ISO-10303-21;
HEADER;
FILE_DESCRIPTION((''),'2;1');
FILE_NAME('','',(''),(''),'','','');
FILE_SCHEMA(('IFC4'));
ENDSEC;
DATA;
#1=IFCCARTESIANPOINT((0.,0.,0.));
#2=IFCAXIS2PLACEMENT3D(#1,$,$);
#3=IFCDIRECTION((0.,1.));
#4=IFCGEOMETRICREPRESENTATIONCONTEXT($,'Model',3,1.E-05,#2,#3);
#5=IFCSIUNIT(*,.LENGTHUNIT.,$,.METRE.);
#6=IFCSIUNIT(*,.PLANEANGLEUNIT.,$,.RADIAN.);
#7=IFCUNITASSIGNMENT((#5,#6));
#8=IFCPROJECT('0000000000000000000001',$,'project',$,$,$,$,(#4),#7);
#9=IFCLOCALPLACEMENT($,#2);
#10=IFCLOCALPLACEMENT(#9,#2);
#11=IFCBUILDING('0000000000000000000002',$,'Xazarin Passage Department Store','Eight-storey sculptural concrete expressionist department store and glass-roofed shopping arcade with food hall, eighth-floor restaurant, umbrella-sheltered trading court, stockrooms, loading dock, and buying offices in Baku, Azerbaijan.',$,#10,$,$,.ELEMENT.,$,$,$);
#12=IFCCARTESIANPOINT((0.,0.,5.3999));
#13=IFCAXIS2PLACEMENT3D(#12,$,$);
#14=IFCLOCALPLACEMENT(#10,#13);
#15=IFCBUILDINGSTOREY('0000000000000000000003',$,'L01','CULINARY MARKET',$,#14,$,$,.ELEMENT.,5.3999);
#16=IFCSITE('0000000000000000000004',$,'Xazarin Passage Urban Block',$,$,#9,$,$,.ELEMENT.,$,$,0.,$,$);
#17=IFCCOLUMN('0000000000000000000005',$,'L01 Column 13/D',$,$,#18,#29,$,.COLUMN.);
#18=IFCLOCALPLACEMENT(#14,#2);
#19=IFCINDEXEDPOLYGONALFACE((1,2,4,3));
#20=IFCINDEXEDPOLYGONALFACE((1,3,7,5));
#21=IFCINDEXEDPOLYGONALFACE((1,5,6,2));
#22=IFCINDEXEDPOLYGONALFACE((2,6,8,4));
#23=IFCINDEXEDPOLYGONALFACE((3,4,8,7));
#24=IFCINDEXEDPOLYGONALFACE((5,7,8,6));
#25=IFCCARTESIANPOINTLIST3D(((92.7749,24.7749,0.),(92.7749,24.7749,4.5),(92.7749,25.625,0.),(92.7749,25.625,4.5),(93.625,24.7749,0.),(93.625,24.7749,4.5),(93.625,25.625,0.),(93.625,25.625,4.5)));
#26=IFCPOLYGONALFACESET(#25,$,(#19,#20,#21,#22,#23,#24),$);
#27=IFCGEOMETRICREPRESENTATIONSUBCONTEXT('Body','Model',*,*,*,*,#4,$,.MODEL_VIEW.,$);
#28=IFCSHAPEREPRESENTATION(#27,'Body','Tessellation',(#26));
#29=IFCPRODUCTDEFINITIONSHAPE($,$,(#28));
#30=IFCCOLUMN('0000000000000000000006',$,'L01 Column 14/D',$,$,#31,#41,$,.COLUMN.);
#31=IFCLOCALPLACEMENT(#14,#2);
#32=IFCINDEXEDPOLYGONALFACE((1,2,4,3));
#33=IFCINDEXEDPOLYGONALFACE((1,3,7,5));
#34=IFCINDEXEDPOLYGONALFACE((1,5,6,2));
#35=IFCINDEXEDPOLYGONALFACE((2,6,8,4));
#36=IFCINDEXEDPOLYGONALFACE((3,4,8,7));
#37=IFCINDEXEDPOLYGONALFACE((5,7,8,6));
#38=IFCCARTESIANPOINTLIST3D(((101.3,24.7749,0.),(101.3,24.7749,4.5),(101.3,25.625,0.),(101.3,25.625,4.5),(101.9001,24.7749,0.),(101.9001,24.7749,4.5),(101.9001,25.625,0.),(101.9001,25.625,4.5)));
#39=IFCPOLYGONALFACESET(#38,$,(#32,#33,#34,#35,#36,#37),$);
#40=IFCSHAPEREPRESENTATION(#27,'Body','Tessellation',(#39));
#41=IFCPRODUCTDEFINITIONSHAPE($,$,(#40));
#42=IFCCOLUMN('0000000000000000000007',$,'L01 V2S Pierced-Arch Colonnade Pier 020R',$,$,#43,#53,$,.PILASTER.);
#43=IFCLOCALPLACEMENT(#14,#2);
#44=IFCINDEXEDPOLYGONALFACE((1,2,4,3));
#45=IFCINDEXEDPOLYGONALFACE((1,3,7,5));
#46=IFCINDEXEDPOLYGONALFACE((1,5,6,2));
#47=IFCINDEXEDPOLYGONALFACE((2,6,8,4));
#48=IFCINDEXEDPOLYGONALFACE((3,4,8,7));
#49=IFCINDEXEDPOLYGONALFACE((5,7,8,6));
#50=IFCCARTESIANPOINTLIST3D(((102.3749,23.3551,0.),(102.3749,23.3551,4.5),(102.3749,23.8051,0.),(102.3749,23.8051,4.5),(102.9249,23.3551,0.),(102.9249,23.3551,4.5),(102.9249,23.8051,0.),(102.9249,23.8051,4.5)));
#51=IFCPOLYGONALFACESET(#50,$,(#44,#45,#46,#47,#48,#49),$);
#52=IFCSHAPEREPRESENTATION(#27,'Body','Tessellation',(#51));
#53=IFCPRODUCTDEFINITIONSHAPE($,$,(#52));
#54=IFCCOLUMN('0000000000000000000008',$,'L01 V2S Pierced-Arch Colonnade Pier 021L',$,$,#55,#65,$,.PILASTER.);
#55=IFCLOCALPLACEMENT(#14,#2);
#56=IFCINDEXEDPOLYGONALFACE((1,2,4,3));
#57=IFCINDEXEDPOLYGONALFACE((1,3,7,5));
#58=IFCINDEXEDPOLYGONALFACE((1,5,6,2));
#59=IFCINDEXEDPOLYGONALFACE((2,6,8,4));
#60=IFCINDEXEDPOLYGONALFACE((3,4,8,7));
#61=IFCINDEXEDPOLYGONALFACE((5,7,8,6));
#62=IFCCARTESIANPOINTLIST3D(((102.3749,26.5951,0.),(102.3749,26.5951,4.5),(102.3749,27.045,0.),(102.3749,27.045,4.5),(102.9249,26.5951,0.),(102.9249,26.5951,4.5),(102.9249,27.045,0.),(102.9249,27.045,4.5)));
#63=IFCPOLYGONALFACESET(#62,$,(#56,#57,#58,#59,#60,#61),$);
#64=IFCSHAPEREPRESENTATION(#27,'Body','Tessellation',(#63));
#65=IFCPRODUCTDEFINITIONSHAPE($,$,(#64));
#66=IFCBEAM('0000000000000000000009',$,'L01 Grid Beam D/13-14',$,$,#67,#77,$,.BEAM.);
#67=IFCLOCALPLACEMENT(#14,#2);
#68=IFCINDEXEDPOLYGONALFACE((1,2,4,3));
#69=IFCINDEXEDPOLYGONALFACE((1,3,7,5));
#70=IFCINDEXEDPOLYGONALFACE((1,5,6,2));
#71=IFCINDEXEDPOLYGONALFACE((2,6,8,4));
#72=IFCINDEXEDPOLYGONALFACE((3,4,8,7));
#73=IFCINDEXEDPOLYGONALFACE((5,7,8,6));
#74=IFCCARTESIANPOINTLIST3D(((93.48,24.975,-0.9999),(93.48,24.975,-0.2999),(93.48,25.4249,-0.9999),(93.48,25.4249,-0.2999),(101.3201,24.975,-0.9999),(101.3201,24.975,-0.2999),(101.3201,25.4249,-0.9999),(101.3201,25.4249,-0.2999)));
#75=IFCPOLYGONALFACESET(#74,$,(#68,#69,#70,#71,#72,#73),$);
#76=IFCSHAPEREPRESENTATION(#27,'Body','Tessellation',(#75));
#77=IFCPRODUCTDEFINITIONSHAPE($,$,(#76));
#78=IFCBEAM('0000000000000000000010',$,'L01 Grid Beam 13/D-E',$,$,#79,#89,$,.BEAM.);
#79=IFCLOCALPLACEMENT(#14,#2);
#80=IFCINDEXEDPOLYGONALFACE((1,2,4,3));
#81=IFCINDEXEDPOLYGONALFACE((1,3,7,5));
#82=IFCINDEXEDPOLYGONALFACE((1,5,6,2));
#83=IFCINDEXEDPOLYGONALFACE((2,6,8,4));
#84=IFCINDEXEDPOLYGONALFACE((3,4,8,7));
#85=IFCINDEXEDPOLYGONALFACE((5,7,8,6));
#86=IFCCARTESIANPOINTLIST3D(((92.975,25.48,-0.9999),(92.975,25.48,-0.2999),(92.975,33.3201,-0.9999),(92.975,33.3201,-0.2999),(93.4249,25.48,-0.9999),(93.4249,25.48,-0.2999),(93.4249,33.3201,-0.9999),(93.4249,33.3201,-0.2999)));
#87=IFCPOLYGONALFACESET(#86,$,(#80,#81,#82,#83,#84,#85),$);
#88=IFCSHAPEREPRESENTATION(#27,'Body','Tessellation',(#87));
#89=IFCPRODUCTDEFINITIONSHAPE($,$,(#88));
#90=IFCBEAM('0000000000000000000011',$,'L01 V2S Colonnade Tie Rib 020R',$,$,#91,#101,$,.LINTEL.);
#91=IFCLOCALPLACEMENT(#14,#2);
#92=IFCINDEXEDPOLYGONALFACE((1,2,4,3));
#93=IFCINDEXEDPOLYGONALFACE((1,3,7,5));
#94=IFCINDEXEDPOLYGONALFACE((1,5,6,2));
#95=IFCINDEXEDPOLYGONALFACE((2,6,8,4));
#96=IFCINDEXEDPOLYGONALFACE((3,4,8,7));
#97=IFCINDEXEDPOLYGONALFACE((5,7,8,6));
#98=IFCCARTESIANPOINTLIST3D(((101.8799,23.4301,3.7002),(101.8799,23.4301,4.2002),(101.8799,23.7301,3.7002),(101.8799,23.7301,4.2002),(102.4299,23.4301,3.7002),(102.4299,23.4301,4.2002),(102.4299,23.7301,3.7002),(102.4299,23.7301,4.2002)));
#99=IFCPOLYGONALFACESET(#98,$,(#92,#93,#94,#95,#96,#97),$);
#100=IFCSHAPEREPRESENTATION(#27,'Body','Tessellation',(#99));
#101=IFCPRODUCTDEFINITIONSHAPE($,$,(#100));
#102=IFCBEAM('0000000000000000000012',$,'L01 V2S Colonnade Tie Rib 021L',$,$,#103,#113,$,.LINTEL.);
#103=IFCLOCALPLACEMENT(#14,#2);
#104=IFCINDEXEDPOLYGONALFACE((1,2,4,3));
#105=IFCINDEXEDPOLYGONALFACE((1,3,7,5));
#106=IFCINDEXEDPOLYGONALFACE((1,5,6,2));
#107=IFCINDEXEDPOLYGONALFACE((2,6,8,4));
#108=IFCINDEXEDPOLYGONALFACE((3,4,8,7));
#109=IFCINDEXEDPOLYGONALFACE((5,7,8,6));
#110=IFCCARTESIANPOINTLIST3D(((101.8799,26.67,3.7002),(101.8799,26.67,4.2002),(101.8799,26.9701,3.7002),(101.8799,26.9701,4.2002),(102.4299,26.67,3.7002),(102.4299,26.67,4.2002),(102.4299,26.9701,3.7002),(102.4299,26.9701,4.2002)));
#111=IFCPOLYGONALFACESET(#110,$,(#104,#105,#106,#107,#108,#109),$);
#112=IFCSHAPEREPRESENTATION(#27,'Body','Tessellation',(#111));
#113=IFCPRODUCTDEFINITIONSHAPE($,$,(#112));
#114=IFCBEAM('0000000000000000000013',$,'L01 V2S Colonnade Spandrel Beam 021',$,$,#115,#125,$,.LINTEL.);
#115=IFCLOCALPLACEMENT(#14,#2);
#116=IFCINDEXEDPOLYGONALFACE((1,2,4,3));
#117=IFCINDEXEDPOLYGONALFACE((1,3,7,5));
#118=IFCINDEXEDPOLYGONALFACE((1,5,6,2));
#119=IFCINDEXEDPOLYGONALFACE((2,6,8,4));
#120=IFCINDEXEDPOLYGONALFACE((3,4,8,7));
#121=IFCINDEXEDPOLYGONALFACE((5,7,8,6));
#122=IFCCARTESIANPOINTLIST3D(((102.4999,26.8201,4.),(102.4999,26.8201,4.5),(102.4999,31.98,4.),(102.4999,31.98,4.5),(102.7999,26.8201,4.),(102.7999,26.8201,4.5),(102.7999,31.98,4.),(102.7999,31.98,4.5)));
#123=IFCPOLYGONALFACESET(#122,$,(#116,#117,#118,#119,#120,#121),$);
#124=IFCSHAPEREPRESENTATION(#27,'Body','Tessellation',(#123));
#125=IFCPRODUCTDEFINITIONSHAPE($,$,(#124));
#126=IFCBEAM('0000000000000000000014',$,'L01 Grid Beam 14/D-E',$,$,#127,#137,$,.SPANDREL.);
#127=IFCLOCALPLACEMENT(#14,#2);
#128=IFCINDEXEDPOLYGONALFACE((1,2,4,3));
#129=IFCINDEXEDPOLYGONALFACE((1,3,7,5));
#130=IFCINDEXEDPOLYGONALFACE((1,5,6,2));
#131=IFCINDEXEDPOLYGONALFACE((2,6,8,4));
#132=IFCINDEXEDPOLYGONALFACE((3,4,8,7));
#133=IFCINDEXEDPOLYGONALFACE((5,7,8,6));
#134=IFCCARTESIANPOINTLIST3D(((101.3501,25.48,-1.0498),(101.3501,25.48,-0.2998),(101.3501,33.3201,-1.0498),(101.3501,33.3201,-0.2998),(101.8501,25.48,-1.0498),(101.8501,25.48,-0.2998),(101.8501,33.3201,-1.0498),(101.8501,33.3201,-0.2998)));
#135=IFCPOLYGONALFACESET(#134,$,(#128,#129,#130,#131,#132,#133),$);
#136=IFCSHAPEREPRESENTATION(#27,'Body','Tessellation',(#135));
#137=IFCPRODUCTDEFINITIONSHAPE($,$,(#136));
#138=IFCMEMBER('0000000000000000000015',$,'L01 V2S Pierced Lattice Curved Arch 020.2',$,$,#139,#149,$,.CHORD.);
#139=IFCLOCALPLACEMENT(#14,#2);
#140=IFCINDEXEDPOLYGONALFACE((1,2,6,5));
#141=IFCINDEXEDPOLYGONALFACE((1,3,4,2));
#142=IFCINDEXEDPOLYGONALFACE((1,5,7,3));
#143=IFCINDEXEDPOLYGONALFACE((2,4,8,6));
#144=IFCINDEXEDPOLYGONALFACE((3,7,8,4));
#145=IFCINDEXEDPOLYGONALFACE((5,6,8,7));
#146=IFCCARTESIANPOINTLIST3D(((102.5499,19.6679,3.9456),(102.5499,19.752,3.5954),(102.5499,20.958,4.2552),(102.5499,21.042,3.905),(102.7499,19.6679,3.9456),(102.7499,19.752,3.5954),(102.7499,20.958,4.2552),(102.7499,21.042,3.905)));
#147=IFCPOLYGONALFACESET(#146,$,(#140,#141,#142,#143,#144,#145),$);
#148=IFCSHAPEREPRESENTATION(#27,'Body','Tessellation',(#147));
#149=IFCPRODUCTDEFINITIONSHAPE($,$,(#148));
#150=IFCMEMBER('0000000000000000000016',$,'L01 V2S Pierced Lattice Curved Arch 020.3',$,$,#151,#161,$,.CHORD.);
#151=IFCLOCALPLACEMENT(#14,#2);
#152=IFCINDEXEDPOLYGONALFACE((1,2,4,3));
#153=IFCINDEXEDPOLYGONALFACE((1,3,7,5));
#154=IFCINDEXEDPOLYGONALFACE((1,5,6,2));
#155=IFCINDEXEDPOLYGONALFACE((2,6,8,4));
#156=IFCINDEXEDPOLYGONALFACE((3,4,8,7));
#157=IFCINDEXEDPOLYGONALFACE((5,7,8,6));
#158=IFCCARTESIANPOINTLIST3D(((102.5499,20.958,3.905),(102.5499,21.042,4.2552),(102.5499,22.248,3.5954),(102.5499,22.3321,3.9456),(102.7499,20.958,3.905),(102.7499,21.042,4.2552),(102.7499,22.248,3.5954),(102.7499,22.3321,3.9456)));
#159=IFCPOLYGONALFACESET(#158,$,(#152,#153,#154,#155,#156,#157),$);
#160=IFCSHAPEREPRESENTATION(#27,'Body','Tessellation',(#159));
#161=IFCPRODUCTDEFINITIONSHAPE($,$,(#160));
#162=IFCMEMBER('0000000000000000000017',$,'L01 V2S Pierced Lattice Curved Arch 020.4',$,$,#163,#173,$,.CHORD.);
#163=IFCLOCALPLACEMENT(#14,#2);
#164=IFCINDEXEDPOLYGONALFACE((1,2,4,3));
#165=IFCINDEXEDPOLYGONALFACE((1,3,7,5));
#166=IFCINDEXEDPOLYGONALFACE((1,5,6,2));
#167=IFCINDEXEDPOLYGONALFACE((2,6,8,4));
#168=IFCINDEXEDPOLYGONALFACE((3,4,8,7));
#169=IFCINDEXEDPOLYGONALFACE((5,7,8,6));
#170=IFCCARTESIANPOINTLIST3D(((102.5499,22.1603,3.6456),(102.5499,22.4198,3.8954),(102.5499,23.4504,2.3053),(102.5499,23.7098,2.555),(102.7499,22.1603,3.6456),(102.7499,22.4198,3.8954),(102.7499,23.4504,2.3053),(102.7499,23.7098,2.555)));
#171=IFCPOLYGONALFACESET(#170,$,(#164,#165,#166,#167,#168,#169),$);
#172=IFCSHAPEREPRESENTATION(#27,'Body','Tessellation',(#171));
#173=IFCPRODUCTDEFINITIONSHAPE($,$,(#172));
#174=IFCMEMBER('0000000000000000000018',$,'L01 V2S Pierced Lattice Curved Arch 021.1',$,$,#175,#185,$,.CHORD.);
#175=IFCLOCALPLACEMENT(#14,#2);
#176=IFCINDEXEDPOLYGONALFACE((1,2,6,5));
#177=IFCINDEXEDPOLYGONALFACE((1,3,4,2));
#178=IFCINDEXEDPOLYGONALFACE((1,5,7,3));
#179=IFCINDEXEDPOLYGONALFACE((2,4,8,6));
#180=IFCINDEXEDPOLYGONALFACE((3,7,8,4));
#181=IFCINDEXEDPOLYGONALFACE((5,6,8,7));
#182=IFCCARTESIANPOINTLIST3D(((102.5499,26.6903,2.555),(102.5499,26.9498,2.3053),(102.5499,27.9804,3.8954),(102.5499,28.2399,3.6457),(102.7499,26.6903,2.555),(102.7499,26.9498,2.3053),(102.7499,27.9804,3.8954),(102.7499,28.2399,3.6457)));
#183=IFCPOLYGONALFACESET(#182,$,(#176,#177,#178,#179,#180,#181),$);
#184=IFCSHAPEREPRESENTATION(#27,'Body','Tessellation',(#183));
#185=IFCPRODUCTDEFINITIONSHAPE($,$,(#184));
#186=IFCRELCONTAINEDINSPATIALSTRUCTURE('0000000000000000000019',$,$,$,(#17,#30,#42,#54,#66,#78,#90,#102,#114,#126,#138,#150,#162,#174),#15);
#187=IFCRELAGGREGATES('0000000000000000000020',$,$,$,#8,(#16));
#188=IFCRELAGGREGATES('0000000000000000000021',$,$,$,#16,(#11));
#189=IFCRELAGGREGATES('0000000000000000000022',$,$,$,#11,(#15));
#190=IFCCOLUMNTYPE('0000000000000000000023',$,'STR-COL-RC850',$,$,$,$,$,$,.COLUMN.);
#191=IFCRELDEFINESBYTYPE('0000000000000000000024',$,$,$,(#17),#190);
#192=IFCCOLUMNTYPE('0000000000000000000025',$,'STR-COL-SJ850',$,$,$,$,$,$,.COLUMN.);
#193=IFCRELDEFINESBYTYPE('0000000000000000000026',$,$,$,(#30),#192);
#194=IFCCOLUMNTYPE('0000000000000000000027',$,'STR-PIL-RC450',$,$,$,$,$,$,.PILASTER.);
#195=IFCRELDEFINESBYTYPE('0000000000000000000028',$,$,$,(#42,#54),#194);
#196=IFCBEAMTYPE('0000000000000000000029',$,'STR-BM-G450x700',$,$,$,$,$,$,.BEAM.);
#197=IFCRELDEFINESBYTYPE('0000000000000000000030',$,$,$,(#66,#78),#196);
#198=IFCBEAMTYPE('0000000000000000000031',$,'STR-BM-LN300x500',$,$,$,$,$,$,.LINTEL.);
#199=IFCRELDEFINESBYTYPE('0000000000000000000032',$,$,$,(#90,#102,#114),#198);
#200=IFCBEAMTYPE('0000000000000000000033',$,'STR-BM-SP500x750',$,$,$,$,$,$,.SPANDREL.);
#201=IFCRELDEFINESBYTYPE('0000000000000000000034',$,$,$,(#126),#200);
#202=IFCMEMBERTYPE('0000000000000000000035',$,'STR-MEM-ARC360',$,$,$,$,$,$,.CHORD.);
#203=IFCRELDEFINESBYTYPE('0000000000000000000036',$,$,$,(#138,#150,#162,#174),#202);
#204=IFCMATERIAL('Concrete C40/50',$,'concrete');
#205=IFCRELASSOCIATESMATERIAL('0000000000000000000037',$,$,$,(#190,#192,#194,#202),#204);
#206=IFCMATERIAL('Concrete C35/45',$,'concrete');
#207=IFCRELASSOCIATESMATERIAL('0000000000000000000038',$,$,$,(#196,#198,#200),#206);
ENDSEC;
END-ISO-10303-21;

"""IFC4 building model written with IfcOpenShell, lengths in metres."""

from ifc_helpers import new_model, si_unit, direction, frame, origin, origin_2d, place, context, subcontext, project, spatial, rectangle, extrude, material, material_profile, profile_set, type_object, element, save


model = new_model("IFC4")

# Units and contexts
model_context = context("Model", 3, precision=1e-05, world=origin(), true_north=direction((0.0, 1.0)))
body_context = subcontext(model_context, "Body", "Model", "MODEL_VIEW")
ifc_project = project(units=[si_unit("LENGTHUNIT", "METRE"), si_unit("PLANEANGLEUNIT", "RADIAN")], contexts=[model_context])

# Site, building, storey
site_placement = place(None, origin())
site = spatial("IfcSite", under=ifc_project, at=site_placement, Name="Xazarin Passage Urban Block", CompositionType="ELEMENT", RefElevation=0.0)
building_placement = place(site_placement, origin())
building = spatial("IfcBuilding", under=site, at=building_placement, Name="Xazarin Passage Department Store", Description="Eight-storey sculptural concrete expressionist department store and glass-roofed shopping arcade with food hall, eighth-floor restaurant, umbrella-sheltered trading court, stockrooms, loading dock, and buying offices in Baku, Azerbaijan.", CompositionType="ELEMENT")
storey_placement = place(building_placement, frame((0.0, 0.0, 5.3999)))
storey = spatial("IfcBuildingStorey", under=building, at=storey_placement, Name="L01", Description="CULINARY MARKET", CompositionType="ELEMENT", Elevation=5.3999)

# Columns
ifc_material_1 = material(Name="Concrete C40/50", Category="concrete")
ifc_material_profile_1 = material_profile(ifc_material_1, rectangle(XDim=0.8501, YDim=0.8501, at=origin_2d()), Name="RC 850x850")
ifc_profile_set_1 = profile_set([ifc_material_profile_1], Name="Concrete C40/50")
column_type_1 = type_object("IfcColumnType", Name="STR-COL-RC850", PredefinedType="COLUMN", material=ifc_profile_set_1)
column_1_placement = place(storey_placement, frame((93.2, 25.2, 0.0), z_axis=(0.0, 0.0, 1.0), x_axis=(1.0, 0.0, 0.0)))
element("IfcColumn", 1, at=column_1_placement, inside=storey, type_object=column_type_1, Name="L01 Column 13/D", PredefinedType="COLUMN", context=body_context, shape_type="SweptSolid", body=[
    extrude(rectangle(XDim=0.8501, YDim=0.8501, at=origin_2d()), origin(), (0.0, 0.0, 1.0), 4.5),
])
ifc_material_profile_2 = material_profile(ifc_material_1, rectangle(XDim=0.6001, YDim=0.8501, at=origin_2d()), Name="RC 600x850")
ifc_profile_set_2 = profile_set([ifc_material_profile_2], Name="Concrete C40/50")
column_type_2 = type_object("IfcColumnType", Name="STR-COL-SJ850", PredefinedType="COLUMN", material=ifc_profile_set_2)
column_2_placement = place(storey_placement, frame((101.6001, 25.2, 0.0), z_axis=(0.0, 0.0, 1.0), x_axis=(1.0, 0.0, 0.0)))
element("IfcColumn", 2, at=column_2_placement, inside=storey, type_object=column_type_2, Name="L01 Column 14/D", PredefinedType="COLUMN", context=body_context, shape_type="SweptSolid", body=[
    extrude(rectangle(XDim=0.6001, YDim=0.8501, at=origin_2d()), origin(), (0.0, 0.0, 1.0), 4.5),
])
ifc_material_profile_3 = material_profile(ifc_material_1, rectangle(XDim=0.45, YDim=0.55, at=origin_2d()), Name="RC 450x550")
ifc_profile_set_3 = profile_set([ifc_material_profile_3], Name="Concrete C40/50")
column_type_3 = type_object("IfcColumnType", Name="STR-PIL-RC450", PredefinedType="PILASTER", material=ifc_profile_set_3)
for number, where, z_axis, x_axis, name in (
    (3, (102.6499, 23.5801, 0.0), (0.0, 0.0, 1.0), (0.0, 1.0, 0.0), "L01 V2S Pierced-Arch Colonnade Pier 020R"),
    (4, (102.6499, 26.8201, 0.0), (0.0, 0.0, 1.0), (0.0, 1.0, 0.0), "L01 V2S Pierced-Arch Colonnade Pier 021L"),
):
    element("IfcColumn", number, at=place(storey_placement, frame(where, z_axis=z_axis, x_axis=x_axis)), inside=storey, type_object=column_type_3, Name=name, PredefinedType="PILASTER", context=body_context, shape_type="SweptSolid", body=[
        extrude(rectangle(XDim=0.45, YDim=0.55, at=origin_2d()), origin(), (0.0, 0.0, 1.0), 4.5),
    ])

# Beams
ifc_material_2 = material(Name="Concrete C35/45", Category="concrete")
ifc_material_profile_4 = material_profile(ifc_material_2, rectangle(XDim=0.45, YDim=0.7, at=origin_2d()), Name="RC 450x700")
ifc_profile_set_4 = profile_set([ifc_material_profile_4], Name="Concrete C35/45")
beam_type_1 = type_object("IfcBeamType", Name="STR-BM-G450x700", PredefinedType="BEAM", material=ifc_profile_set_4)
for number, where, z_axis, x_axis, name in (
    (5, (93.48, 25.2, -0.6499), (1.0, 0.0, 0.0), (0.0, 1.0, 0.0), "L01 Grid Beam D/13-14"),
    (6, (93.2, 25.48, -0.6499), (0.0, 1.0, 0.0), (-1.0, 0.0, 0.0), "L01 Grid Beam 13/D-E"),
):
    element("IfcBeam", number, at=place(storey_placement, frame(where, z_axis=z_axis, x_axis=x_axis)), inside=storey, type_object=beam_type_1, Name=name, PredefinedType="BEAM", context=body_context, shape_type="SweptSolid", body=[
        extrude(rectangle(XDim=0.45, YDim=0.7, at=origin_2d()), origin(), (0.0, 0.0, 1.0), 7.8401),
    ])
ifc_material_profile_5 = material_profile(ifc_material_2, rectangle(XDim=0.3, YDim=0.5, at=origin_2d()), Name="RC 300x500")
ifc_profile_set_5 = profile_set([ifc_material_profile_5], Name="Concrete C35/45")
beam_type_2 = type_object("IfcBeamType", Name="STR-BM-LN300x500", PredefinedType="LINTEL", material=ifc_profile_set_5)
for number, where, z_axis, x_axis, name in (
    (7, (101.8799, 23.5801, 3.9502), (1.0, 0.0, 0.0), (0.0, 1.0, 0.0), "L01 V2S Colonnade Tie Rib 020R"),
    (8, (101.8799, 26.8201, 3.9502), (1.0, 0.0, 0.0), (0.0, 1.0, 0.0), "L01 V2S Colonnade Tie Rib 021L"),
):
    element("IfcBeam", number, at=place(storey_placement, frame(where, z_axis=z_axis, x_axis=x_axis)), inside=storey, type_object=beam_type_2, Name=name, PredefinedType="LINTEL", context=body_context, shape_type="SweptSolid", body=[
        extrude(rectangle(XDim=0.3, YDim=0.5, at=origin_2d()), origin(), (0.0, 0.0, 1.0), 0.55),
    ])
beam_1_placement = place(storey_placement, frame((102.6499, 26.8201, 4.25), z_axis=(0.0, 1.0, 0.0), x_axis=(-1.0, 0.0, 0.0)))
element("IfcBeam", 9, at=beam_1_placement, inside=storey, type_object=beam_type_2, Name="L01 V2S Colonnade Spandrel Beam 021", PredefinedType="LINTEL", context=body_context, shape_type="SweptSolid", body=[
    extrude(rectangle(XDim=0.3, YDim=0.5, at=origin_2d()), origin(), (0.0, 0.0, 1.0), 5.1599),
])
ifc_material_profile_6 = material_profile(ifc_material_2, rectangle(XDim=0.5, YDim=0.75, at=origin_2d()), Name="RC 500x750")
ifc_profile_set_6 = profile_set([ifc_material_profile_6], Name="Concrete C35/45")
beam_type_3 = type_object("IfcBeamType", Name="STR-BM-SP500x750", PredefinedType="SPANDREL", material=ifc_profile_set_6)
beam_2_placement = place(storey_placement, frame((101.6001, 25.48, -0.6748), z_axis=(0.0, 1.0, 0.0), x_axis=(-1.0, 0.0, 0.0)))
element("IfcBeam", 10, at=beam_2_placement, inside=storey, type_object=beam_type_3, Name="L01 Grid Beam 14/D-E", PredefinedType="SPANDREL", context=body_context, shape_type="SweptSolid", body=[
    extrude(rectangle(XDim=0.5, YDim=0.75, at=origin_2d()), origin(), (0.0, 0.0, 1.0), 7.8401),
])

# Members
ifc_material_profile_7 = material_profile(ifc_material_1, rectangle(XDim=0.2, YDim=0.3601, at=origin_2d()), Name="RC 200x360")
ifc_profile_set_7 = profile_set([ifc_material_profile_7], Name="Concrete C40/50")
member_type = type_object("IfcMemberType", Name="STR-MEM-ARC360", PredefinedType="CHORD", material=ifc_profile_set_7)
for number, where, z_axis, x_axis, name in (
    (11, (102.6499, 19.71, 3.7705), (0.0, 0.972394, 0.233345), (-1.0, 0.0, 0.0), "L01 V2S Pierced Lattice Curved Arch 020.2"),
    (12, (102.6499, 21.0, 4.0801), (0.0, 0.972394, -0.233345), (-1.0, 0.0, 0.0), "L01 V2S Pierced Lattice Curved Arch 020.3"),
):
    element("IfcMember", number, at=place(storey_placement, frame(where, z_axis=z_axis, x_axis=x_axis)), inside=storey, type_object=member_type, Name=name, PredefinedType="CHORD", context=body_context, shape_type="SweptSolid", body=[
        extrude(rectangle(XDim=0.2, YDim=0.3601, at=origin_2d()), origin(), (0.0, 0.0, 1.0), 1.3267),
    ])
for number, where, z_axis, x_axis, name in (
    (13, (102.6499, 22.29, 3.7705), (0.0, 0.69346, -0.720495), (-1.0, 0.0, 0.0), "L01 V2S Pierced Lattice Curved Arch 020.4"),
    (14, (102.6499, 26.8201, 2.4302), (0.0, 0.69346, 0.720495), (-1.0, 0.0, 0.0), "L01 V2S Pierced Lattice Curved Arch 021.1"),
):
    element("IfcMember", number, at=place(storey_placement, frame(where, z_axis=z_axis, x_axis=x_axis)), inside=storey, type_object=member_type, Name=name, PredefinedType="CHORD", context=body_context, shape_type="SweptSolid", body=[
        extrude(rectangle(XDim=0.2, YDim=0.3601, at=origin_2d()), origin(), (0.0, 0.0, 1.0), 1.8604),
    ])

save(model, "model.ifc")
